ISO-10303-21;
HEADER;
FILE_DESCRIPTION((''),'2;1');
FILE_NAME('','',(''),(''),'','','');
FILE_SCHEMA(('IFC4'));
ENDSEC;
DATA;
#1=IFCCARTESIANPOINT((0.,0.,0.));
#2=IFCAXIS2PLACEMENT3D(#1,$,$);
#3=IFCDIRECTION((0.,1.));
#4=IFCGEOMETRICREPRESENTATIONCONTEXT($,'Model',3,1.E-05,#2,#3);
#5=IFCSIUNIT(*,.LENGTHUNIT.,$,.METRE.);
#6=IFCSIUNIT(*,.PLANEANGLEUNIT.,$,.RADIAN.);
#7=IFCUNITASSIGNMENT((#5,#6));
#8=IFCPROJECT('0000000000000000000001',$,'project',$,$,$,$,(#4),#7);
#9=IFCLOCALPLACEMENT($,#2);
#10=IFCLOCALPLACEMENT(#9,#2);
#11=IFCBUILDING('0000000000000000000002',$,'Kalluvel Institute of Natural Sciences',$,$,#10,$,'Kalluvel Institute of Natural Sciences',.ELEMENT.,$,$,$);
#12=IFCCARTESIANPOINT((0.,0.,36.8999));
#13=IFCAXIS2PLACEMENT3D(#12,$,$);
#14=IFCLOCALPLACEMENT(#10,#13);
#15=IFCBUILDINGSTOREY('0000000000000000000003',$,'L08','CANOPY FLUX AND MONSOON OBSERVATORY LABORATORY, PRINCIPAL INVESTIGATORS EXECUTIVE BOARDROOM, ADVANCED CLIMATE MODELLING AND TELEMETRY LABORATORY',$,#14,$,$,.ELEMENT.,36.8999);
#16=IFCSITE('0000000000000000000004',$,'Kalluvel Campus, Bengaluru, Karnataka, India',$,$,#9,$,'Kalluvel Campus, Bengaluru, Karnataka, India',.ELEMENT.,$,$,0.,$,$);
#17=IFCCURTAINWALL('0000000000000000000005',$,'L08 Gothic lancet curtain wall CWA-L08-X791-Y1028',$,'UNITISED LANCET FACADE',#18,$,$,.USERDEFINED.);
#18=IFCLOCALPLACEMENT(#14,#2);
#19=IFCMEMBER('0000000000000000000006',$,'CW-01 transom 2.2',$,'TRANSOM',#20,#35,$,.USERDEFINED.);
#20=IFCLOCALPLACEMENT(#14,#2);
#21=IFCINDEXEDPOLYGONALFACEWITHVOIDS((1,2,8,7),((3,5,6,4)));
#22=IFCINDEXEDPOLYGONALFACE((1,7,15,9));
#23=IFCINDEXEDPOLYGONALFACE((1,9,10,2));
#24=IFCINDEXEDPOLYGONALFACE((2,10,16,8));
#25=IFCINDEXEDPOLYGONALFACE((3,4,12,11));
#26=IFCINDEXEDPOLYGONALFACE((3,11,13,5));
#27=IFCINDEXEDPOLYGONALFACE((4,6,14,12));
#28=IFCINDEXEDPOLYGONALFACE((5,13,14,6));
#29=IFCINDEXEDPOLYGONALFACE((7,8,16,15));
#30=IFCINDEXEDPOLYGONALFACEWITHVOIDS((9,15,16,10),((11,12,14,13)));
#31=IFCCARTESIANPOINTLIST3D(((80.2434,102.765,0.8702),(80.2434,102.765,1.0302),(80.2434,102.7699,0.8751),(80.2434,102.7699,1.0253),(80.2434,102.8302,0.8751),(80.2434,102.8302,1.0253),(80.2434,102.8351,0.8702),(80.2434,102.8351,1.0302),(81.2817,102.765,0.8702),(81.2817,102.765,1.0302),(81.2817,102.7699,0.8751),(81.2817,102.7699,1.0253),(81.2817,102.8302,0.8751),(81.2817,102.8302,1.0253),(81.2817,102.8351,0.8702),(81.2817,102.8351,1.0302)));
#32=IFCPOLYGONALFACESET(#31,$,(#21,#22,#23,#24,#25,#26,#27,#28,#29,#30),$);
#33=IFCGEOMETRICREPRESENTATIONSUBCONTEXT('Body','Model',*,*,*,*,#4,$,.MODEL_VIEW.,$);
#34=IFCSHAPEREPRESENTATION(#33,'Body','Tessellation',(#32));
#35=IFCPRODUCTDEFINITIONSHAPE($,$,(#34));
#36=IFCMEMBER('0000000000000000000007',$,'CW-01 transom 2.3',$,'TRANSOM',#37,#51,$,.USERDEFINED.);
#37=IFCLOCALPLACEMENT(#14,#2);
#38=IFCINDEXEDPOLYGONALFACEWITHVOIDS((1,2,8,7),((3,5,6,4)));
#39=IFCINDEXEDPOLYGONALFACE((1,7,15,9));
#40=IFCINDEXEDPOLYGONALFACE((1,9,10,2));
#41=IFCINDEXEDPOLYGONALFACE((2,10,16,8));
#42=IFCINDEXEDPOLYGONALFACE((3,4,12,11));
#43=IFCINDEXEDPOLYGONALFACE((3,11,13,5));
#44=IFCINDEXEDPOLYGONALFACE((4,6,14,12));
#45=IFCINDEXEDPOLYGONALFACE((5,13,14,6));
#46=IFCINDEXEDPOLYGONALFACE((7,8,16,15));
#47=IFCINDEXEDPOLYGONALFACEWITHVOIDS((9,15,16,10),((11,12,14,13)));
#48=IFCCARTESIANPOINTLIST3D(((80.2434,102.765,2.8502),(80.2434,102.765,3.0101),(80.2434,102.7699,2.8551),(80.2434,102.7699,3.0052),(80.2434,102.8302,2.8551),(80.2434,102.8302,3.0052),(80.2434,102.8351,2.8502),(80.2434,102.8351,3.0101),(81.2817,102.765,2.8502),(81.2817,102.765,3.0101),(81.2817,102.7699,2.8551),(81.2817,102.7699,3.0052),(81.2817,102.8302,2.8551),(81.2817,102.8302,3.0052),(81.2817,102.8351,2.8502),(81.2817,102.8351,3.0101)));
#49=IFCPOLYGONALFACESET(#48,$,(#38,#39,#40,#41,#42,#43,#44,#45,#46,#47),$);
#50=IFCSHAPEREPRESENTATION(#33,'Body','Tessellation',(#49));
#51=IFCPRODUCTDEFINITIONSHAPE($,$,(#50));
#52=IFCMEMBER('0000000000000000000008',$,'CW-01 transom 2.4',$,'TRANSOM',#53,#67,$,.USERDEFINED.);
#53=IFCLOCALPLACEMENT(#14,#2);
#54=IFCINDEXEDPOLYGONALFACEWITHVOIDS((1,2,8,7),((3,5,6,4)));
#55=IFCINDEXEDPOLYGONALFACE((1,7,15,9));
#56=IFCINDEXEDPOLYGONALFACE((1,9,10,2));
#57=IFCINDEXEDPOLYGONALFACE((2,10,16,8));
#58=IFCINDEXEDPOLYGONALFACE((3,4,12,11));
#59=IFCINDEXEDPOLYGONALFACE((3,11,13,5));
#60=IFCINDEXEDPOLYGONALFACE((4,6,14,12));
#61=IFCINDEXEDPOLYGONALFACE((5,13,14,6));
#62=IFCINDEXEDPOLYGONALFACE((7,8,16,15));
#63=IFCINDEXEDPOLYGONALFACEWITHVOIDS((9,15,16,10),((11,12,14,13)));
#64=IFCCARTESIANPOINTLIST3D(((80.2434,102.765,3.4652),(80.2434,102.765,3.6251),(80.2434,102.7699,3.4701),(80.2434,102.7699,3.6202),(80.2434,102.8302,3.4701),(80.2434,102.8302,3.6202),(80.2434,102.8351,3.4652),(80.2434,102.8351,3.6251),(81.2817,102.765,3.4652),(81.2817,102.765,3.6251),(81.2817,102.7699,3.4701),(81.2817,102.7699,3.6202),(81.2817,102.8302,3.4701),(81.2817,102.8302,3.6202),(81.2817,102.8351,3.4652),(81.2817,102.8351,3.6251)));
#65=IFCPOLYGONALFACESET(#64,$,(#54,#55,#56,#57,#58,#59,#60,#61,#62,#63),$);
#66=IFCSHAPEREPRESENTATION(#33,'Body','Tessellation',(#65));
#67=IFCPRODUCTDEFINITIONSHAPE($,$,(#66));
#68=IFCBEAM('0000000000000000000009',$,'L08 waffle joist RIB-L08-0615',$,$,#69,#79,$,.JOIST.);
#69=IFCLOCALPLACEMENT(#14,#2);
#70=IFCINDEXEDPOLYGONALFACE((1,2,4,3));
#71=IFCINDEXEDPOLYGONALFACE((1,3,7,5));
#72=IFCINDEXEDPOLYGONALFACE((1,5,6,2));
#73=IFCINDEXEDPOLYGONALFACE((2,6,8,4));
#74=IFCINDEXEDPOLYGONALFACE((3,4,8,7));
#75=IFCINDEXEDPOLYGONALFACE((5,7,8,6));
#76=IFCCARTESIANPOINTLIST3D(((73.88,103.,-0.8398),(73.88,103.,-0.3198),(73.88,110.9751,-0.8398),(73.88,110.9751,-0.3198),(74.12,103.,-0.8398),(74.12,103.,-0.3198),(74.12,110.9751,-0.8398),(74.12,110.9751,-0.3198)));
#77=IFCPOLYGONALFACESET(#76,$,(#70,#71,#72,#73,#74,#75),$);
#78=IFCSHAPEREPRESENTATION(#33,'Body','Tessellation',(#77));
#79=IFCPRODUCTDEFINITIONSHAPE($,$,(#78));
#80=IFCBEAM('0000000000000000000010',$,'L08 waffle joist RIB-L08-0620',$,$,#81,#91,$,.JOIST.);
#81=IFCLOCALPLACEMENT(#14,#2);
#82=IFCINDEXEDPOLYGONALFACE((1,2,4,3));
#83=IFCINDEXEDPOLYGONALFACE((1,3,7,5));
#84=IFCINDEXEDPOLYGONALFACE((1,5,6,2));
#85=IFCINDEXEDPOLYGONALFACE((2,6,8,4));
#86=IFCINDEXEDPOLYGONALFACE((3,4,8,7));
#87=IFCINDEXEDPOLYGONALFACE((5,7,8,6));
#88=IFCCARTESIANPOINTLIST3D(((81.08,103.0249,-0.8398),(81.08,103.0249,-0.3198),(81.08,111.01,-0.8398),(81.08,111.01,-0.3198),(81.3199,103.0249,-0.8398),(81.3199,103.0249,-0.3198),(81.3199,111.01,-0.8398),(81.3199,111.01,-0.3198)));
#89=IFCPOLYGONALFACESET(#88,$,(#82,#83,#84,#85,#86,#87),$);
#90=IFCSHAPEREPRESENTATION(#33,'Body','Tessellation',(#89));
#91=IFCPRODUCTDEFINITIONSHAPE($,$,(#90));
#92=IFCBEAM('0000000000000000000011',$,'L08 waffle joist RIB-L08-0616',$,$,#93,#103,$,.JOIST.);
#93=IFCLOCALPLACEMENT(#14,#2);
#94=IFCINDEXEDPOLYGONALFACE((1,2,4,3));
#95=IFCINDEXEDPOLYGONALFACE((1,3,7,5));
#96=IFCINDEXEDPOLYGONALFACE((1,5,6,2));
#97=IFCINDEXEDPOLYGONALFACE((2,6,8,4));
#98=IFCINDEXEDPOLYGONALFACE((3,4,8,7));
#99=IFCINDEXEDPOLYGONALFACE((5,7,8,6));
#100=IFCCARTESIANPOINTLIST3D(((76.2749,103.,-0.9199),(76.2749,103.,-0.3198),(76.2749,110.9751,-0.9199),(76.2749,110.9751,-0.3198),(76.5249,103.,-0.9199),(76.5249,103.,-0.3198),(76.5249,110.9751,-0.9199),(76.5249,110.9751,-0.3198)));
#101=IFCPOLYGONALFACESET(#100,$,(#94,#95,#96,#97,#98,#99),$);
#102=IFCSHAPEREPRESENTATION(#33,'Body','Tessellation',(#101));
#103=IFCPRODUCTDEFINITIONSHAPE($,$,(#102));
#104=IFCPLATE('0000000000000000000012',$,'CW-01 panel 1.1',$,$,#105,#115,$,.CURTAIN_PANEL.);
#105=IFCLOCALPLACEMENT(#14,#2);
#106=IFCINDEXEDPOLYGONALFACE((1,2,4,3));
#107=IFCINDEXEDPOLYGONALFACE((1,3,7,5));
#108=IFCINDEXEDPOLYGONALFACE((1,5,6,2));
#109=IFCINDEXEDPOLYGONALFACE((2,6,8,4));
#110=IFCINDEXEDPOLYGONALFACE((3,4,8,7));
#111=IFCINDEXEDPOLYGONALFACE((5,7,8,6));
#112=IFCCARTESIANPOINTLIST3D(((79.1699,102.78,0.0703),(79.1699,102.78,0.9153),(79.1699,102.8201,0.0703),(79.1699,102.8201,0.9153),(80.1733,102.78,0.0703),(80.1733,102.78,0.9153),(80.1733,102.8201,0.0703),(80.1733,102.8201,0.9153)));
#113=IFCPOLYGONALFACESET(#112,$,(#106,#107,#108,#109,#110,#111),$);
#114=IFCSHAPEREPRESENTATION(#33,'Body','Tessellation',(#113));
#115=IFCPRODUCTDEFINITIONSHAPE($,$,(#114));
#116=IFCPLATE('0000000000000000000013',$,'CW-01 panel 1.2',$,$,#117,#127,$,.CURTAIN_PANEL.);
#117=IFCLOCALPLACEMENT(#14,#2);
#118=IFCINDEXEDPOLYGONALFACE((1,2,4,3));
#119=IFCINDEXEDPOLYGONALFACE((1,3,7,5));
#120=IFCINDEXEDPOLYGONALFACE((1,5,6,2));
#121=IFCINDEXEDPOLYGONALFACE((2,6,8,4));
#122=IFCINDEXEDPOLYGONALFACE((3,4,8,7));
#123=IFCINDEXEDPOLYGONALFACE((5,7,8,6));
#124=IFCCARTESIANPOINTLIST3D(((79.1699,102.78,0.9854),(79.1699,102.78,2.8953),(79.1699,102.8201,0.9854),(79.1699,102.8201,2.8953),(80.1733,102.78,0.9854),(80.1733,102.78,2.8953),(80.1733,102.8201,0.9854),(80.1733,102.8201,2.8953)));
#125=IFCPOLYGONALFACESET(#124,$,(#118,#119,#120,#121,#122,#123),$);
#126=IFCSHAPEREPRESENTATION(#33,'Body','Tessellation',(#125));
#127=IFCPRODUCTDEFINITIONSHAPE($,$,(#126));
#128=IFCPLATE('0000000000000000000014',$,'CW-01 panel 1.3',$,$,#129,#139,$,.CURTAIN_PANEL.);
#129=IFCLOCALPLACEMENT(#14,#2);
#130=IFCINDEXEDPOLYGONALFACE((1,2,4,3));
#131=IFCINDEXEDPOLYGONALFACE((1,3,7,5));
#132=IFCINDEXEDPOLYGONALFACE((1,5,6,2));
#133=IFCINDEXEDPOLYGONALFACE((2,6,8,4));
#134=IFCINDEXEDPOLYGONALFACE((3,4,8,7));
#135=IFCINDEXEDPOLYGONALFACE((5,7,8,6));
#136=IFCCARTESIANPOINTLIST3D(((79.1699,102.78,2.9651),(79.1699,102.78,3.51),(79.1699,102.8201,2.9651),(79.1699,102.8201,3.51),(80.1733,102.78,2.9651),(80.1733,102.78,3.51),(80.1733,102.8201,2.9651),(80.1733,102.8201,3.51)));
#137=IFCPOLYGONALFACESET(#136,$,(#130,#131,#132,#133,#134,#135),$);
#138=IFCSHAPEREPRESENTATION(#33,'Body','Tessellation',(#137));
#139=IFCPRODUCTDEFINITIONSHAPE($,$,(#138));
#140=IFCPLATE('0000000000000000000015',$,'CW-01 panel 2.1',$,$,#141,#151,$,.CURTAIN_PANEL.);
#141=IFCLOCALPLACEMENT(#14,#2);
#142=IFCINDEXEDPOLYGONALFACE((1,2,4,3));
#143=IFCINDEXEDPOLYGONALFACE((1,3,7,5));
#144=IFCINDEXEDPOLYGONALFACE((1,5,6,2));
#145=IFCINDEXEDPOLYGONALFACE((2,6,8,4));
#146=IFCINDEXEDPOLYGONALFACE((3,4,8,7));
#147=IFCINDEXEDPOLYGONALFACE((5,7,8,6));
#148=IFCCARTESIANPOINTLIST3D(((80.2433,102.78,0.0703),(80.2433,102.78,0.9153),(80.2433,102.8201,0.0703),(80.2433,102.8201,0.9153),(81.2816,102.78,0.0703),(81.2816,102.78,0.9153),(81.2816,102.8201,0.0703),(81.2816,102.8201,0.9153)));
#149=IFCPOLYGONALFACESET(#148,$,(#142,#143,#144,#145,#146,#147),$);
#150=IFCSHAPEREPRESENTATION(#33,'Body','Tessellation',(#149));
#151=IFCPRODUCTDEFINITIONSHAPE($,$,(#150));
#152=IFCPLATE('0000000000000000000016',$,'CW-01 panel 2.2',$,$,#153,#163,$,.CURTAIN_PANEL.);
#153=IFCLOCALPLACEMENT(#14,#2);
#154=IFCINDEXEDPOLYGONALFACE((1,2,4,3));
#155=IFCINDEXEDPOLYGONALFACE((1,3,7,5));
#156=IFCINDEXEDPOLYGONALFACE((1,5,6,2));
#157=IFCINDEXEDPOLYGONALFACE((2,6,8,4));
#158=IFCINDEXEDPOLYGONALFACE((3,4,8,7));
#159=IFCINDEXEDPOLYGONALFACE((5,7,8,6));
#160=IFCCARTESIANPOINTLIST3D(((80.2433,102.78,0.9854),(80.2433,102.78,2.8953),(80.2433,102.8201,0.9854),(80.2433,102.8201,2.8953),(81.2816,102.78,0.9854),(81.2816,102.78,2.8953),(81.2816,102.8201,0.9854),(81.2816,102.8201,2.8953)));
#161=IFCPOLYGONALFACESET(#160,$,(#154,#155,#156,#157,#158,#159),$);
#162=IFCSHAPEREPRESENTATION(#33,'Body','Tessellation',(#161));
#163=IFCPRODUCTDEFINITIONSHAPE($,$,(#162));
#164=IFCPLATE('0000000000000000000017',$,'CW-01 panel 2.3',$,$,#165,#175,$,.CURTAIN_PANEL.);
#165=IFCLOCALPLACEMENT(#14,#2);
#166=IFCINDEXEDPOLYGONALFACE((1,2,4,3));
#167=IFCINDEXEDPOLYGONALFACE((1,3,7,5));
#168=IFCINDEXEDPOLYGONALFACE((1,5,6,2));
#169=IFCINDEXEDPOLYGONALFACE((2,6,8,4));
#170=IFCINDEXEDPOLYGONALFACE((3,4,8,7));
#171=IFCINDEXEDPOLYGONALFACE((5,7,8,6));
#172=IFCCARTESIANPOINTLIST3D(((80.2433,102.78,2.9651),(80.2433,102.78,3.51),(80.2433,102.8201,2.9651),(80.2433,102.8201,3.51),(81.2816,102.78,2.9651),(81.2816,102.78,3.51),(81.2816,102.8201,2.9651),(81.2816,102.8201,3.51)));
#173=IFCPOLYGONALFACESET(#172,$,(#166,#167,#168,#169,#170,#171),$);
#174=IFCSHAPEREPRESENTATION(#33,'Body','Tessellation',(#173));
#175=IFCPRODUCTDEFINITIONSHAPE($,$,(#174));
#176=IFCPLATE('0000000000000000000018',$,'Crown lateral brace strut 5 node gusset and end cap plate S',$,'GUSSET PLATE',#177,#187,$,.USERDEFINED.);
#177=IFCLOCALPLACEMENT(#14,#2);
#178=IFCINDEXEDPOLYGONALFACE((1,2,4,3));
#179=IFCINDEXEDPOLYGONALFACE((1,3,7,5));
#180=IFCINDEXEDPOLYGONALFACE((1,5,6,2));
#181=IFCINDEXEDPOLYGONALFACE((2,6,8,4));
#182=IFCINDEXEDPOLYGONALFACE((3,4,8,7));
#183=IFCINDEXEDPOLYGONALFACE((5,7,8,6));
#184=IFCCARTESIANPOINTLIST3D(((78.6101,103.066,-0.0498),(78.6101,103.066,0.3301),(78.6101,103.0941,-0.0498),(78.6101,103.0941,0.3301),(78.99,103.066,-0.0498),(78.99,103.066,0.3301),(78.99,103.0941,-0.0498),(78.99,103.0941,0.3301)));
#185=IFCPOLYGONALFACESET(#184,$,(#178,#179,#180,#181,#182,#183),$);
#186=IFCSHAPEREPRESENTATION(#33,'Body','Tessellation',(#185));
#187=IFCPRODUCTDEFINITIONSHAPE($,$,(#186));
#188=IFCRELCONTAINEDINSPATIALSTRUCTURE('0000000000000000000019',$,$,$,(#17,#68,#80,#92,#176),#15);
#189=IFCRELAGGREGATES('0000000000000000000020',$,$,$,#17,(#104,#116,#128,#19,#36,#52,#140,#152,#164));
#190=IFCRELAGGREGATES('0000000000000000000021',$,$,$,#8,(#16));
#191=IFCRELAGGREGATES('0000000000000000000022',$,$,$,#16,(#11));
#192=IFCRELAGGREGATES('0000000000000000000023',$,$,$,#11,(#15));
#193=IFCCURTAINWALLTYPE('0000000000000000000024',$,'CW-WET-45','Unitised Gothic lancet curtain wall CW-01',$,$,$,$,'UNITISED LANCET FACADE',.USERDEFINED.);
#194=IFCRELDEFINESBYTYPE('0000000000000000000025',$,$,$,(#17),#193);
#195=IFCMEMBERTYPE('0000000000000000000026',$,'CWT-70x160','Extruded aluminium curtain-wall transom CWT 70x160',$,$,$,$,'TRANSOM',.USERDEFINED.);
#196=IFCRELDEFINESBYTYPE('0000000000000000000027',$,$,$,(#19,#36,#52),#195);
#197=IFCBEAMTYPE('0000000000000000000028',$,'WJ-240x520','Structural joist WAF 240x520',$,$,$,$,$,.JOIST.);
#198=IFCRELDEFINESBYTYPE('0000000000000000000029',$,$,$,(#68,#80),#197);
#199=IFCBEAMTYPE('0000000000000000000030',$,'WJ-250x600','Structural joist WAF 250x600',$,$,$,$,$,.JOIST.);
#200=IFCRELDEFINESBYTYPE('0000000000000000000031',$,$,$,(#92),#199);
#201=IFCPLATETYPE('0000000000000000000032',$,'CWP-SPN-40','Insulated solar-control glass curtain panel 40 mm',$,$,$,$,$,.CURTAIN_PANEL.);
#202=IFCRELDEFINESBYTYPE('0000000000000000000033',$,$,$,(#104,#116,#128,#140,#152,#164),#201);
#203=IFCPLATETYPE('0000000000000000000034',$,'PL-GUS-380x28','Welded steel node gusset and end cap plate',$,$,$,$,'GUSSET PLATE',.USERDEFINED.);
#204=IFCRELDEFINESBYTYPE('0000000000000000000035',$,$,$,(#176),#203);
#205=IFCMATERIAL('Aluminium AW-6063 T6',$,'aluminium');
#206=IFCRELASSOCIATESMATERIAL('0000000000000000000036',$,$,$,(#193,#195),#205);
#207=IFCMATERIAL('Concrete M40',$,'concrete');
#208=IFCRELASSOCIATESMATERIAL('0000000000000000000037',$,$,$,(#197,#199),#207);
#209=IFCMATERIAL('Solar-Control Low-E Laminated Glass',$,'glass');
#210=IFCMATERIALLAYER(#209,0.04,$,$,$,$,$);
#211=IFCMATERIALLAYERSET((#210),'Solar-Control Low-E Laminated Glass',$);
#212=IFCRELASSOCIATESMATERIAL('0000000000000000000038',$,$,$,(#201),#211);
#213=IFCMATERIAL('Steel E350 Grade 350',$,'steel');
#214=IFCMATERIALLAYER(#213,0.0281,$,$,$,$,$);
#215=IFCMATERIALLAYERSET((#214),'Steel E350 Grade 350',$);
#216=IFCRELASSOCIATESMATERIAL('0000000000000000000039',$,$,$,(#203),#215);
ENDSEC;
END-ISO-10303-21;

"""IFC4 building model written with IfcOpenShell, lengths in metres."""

from ifc_helpers import new_model, si_unit, direction, frame, origin, origin_2d, place, context, subcontext, project, spatial, rectangle, hollow_rectangle, extrude, material, layer, layer_set, material_profile, profile_set, type_object, element, aggregate, save


model = new_model("IFC4")

# Units and contexts
model_context = context("Model", 3, precision=1e-05, world=origin(), true_north=direction((0.0, 1.0)))
body_context = subcontext(model_context, "Body", "Model", "MODEL_VIEW")
ifc_project = project(units=[si_unit("LENGTHUNIT", "METRE"), si_unit("PLANEANGLEUNIT", "RADIAN")], contexts=[model_context])

# Site, building, storey
site_placement = place(None, origin())
site = spatial("IfcSite", under=ifc_project, at=site_placement, Name="Kalluvel Campus, Bengaluru, Karnataka, India", LongName="Kalluvel Campus, Bengaluru, Karnataka, India", CompositionType="ELEMENT", RefElevation=0.0)
building_placement = place(site_placement, origin())
building = spatial("IfcBuilding", under=site, at=building_placement, Name="Kalluvel Institute of Natural Sciences", LongName="Kalluvel Institute of Natural Sciences", CompositionType="ELEMENT")
storey_placement = place(building_placement, frame((0.0, 0.0, 36.8999)))
storey = spatial("IfcBuildingStorey", under=building, at=storey_placement, Name="L08", Description="CANOPY FLUX AND MONSOON OBSERVATORY LABORATORY, PRINCIPAL INVESTIGATORS EXECUTIVE BOARDROOM, ADVANCED CLIMATE MODELLING AND TELEMETRY LABORATORY", CompositionType="ELEMENT", Elevation=36.8999)

# Shared definitions
ifc_material_1 = material(Name="Aluminium AW-6063 T6", Category="aluminium")
curtain_wall_type = type_object("IfcCurtainWallType", Name="CW-WET-45", Description="Unitised Gothic lancet curtain wall CW-01", ElementType="UNITISED LANCET FACADE", PredefinedType="USERDEFINED", material=ifc_material_1)

# Curtain wall, members
curtain_wall_1_placement = place(storey_placement, origin())
curtain_wall_1 = element("IfcCurtainWall", 1, at=curtain_wall_1_placement, inside=storey, type_object=curtain_wall_type, Name="L08 Gothic lancet curtain wall CWA-L08-X791-Y1028", ObjectType="UNITISED LANCET FACADE", PredefinedType="USERDEFINED")
ifc_material_profile_1 = material_profile(ifc_material_1, hollow_rectangle(XDim=0.0701, YDim=0.1599, WallThickness=0.0049, at=origin_2d()), Name="CWT 70x160")
ifc_profile_set_1 = profile_set([ifc_material_profile_1], Name="Aluminium AW-6063 T6")
member_type_1 = type_object("IfcMemberType", Name="CWT-70x160", Description="Extruded aluminium curtain-wall transom CWT 70x160", ElementType="TRANSOM", PredefinedType="USERDEFINED", material=ifc_profile_set_1)
member_1_placement = place(storey_placement, frame((80.2434, 102.8, 0.9502), z_axis=(1.0, 0.0, 0.0), x_axis=(0.0, 1.0, 0.0)))
member_1 = element("IfcMember", 2, at=member_1_placement, type_object=member_type_1, Name="CW-01 transom 2.2", ObjectType="TRANSOM", PredefinedType="USERDEFINED", context=body_context, shape_type="SweptSolid", body=[
    extrude(hollow_rectangle(XDim=0.0701, YDim=0.1599, WallThickness=0.0049, at=origin_2d()), origin(), (0.0, 0.0, 1.0), 1.0383),
])
member_2_placement = place(storey_placement, frame((80.2434, 102.8, 2.9302), z_axis=(1.0, 0.0, 0.0), x_axis=(0.0, 1.0, 0.0)))
member_2 = element("IfcMember", 3, at=member_2_placement, type_object=member_type_1, Name="CW-01 transom 2.3", ObjectType="TRANSOM", PredefinedType="USERDEFINED", context=body_context, shape_type="SweptSolid", body=[
    extrude(hollow_rectangle(XDim=0.0701, YDim=0.1599, WallThickness=0.0049, at=origin_2d()), origin(), (0.0, 0.0, 1.0), 1.0383),
])
member_3_placement = place(storey_placement, frame((80.2434, 102.8, 3.5452), z_axis=(1.0, 0.0, 0.0), x_axis=(0.0, 1.0, 0.0)))
member_3 = element("IfcMember", 4, at=member_3_placement, type_object=member_type_1, Name="CW-01 transom 2.4", ObjectType="TRANSOM", PredefinedType="USERDEFINED", context=body_context, shape_type="SweptSolid", body=[
    extrude(hollow_rectangle(XDim=0.0701, YDim=0.1599, WallThickness=0.0049, at=origin_2d()), origin(), (0.0, 0.0, 1.0), 1.0383),
])

# Beams
ifc_material_2 = material(Name="Concrete M40", Category="concrete")
ifc_material_profile_2 = material_profile(ifc_material_2, rectangle(XDim=0.24, YDim=0.52, at=origin_2d()), Name="WAF 240x520")
ifc_profile_set_2 = profile_set([ifc_material_profile_2], Name="Concrete M40")
beam_type_1 = type_object("IfcBeamType", Name="WJ-240x520", Description="Structural joist WAF 240x520", PredefinedType="JOIST", material=ifc_profile_set_2)
beam_1_placement = place(storey_placement, frame((74.0, 103.0, -0.5798), z_axis=(0.0, 1.0, 0.0), x_axis=(-1.0, 0.0, 0.0)))
element("IfcBeam", 5, at=beam_1_placement, inside=storey, type_object=beam_type_1, Name="L08 waffle joist RIB-L08-0615", PredefinedType="JOIST", context=body_context, shape_type="SweptSolid", body=[
    extrude(rectangle(XDim=0.24, YDim=0.52, at=origin_2d()), origin(), (0.0, 0.0, 1.0), 7.9751),
])
beam_2_placement = place(storey_placement, frame((81.2, 103.0249, -0.5798), z_axis=(0.0, 1.0, 0.0), x_axis=(-1.0, 0.0, 0.0)))
element("IfcBeam", 6, at=beam_2_placement, inside=storey, type_object=beam_type_1, Name="L08 waffle joist RIB-L08-0620", PredefinedType="JOIST", context=body_context, shape_type="SweptSolid", body=[
    extrude(rectangle(XDim=0.24, YDim=0.52, at=origin_2d()), origin(), (0.0, 0.0, 1.0), 7.9851),
])
ifc_material_profile_3 = material_profile(ifc_material_2, rectangle(XDim=0.25, YDim=0.6001, at=origin_2d()), Name="WAF 250x600")
ifc_profile_set_3 = profile_set([ifc_material_profile_3], Name="Concrete M40")
beam_type_2 = type_object("IfcBeamType", Name="WJ-250x600", Description="Structural joist WAF 250x600", PredefinedType="JOIST", material=ifc_profile_set_3)
beam_3_placement = place(storey_placement, frame((76.3999, 103.0, -0.6199), z_axis=(0.0, 1.0, 0.0), x_axis=(-1.0, 0.0, 0.0)))
element("IfcBeam", 7, at=beam_3_placement, inside=storey, type_object=beam_type_2, Name="L08 waffle joist RIB-L08-0616", PredefinedType="JOIST", context=body_context, shape_type="SweptSolid", body=[
    extrude(rectangle(XDim=0.25, YDim=0.6001, at=origin_2d()), origin(), (0.0, 0.0, 1.0), 7.9751),
])

# Plates
ifc_material_3 = material(Name="Solar-Control Low-E Laminated Glass", Category="glass")
ifc_layer_1 = layer(ifc_material_3, 0.04)
ifc_layer_set_1 = layer_set([ifc_layer_1], Name="Solar-Control Low-E Laminated Glass")
plate_type_1 = type_object("IfcPlateType", Name="CWP-SPN-40", Description="Insulated solar-control glass curtain panel 40 mm", PredefinedType="CURTAIN_PANEL", material=ifc_layer_set_1)
plate_1_placement = place(storey_placement, frame((79.6716, 102.8, 0.0703), z_axis=(0.0, 0.0, 1.0), x_axis=(1.0, 0.0, 0.0)))
plate_1 = element("IfcPlate", 8, at=plate_1_placement, type_object=plate_type_1, Name="CW-01 panel 1.1", PredefinedType="CURTAIN_PANEL", context=body_context, shape_type="SweptSolid", body=[
    extrude(rectangle(XDim=1.0034, YDim=0.04, at=origin_2d()), origin(), (0.0, 0.0, 1.0), 0.845),
])
plate_2_placement = place(storey_placement, frame((79.6716, 102.8, 0.9854), z_axis=(0.0, 0.0, 1.0), x_axis=(1.0, 0.0, 0.0)))
plate_2 = element("IfcPlate", 9, at=plate_2_placement, type_object=plate_type_1, Name="CW-01 panel 1.2", PredefinedType="CURTAIN_PANEL", context=body_context, shape_type="SweptSolid", body=[
    extrude(rectangle(XDim=1.0034, YDim=0.04, at=origin_2d()), origin(), (0.0, 0.0, 1.0), 1.9099),
])
plate_3_placement = place(storey_placement, frame((79.6716, 102.8, 2.9651), z_axis=(0.0, 0.0, 1.0), x_axis=(1.0, 0.0, 0.0)))
plate_3 = element("IfcPlate", 10, at=plate_3_placement, type_object=plate_type_1, Name="CW-01 panel 1.3", PredefinedType="CURTAIN_PANEL", context=body_context, shape_type="SweptSolid", body=[
    extrude(rectangle(XDim=1.0034, YDim=0.04, at=origin_2d()), origin(), (0.0, 0.0, 1.0), 0.5449),
])
plate_4_placement = place(storey_placement, frame((80.7625, 102.8, 0.0703), z_axis=(0.0, 0.0, 1.0), x_axis=(1.0, 0.0, 0.0)))
plate_4 = element("IfcPlate", 11, at=plate_4_placement, type_object=plate_type_1, Name="CW-01 panel 2.1", PredefinedType="CURTAIN_PANEL", context=body_context, shape_type="SweptSolid", body=[
    extrude(rectangle(XDim=1.0383, YDim=0.04, at=origin_2d()), origin(), (0.0, 0.0, 1.0), 0.845),
])
plate_5_placement = place(storey_placement, frame((80.7625, 102.8, 0.9854), z_axis=(0.0, 0.0, 1.0), x_axis=(1.0, 0.0, 0.0)))
plate_5 = element("IfcPlate", 12, at=plate_5_placement, type_object=plate_type_1, Name="CW-01 panel 2.2", PredefinedType="CURTAIN_PANEL", context=body_context, shape_type="SweptSolid", body=[
    extrude(rectangle(XDim=1.0383, YDim=0.04, at=origin_2d()), origin(), (0.0, 0.0, 1.0), 1.9099),
])
plate_6_placement = place(storey_placement, frame((80.7625, 102.8, 2.9651), z_axis=(0.0, 0.0, 1.0), x_axis=(1.0, 0.0, 0.0)))
plate_6 = element("IfcPlate", 13, at=plate_6_placement, type_object=plate_type_1, Name="CW-01 panel 2.3", PredefinedType="CURTAIN_PANEL", context=body_context, shape_type="SweptSolid", body=[
    extrude(rectangle(XDim=1.0383, YDim=0.04, at=origin_2d()), origin(), (0.0, 0.0, 1.0), 0.5449),
])
aggregate(curtain_wall_1, [plate_1, plate_2, plate_3, member_1, member_2, member_3, plate_4, plate_5, plate_6])
ifc_material_4 = material(Name="Steel E350 Grade 350", Category="steel")
ifc_layer_2 = layer(ifc_material_4, 0.0281)
ifc_layer_set_2 = layer_set([ifc_layer_2], Name="Steel E350 Grade 350")
plate_type_2 = type_object("IfcPlateType", Name="PL-GUS-380x28", Description="Welded steel node gusset and end cap plate", ElementType="GUSSET PLATE", PredefinedType="USERDEFINED", material=ifc_layer_set_2)
plate_7_placement = place(storey_placement, frame((78.8, 103.0801, -0.0498), z_axis=(0.0, 0.0, 1.0), x_axis=(1.0, 0.0, 0.0)))
element("IfcPlate", 14, at=plate_7_placement, inside=storey, type_object=plate_type_2, Name="Crown lateral brace strut 5 node gusset and end cap plate S", ObjectType="GUSSET PLATE", PredefinedType="USERDEFINED", context=body_context, shape_type="SweptSolid", body=[
    extrude(rectangle(XDim=0.3799, YDim=0.0281, at=origin_2d()), origin(), (0.0, 0.0, 1.0), 0.3799),
])

save(model, "model.ifc")
